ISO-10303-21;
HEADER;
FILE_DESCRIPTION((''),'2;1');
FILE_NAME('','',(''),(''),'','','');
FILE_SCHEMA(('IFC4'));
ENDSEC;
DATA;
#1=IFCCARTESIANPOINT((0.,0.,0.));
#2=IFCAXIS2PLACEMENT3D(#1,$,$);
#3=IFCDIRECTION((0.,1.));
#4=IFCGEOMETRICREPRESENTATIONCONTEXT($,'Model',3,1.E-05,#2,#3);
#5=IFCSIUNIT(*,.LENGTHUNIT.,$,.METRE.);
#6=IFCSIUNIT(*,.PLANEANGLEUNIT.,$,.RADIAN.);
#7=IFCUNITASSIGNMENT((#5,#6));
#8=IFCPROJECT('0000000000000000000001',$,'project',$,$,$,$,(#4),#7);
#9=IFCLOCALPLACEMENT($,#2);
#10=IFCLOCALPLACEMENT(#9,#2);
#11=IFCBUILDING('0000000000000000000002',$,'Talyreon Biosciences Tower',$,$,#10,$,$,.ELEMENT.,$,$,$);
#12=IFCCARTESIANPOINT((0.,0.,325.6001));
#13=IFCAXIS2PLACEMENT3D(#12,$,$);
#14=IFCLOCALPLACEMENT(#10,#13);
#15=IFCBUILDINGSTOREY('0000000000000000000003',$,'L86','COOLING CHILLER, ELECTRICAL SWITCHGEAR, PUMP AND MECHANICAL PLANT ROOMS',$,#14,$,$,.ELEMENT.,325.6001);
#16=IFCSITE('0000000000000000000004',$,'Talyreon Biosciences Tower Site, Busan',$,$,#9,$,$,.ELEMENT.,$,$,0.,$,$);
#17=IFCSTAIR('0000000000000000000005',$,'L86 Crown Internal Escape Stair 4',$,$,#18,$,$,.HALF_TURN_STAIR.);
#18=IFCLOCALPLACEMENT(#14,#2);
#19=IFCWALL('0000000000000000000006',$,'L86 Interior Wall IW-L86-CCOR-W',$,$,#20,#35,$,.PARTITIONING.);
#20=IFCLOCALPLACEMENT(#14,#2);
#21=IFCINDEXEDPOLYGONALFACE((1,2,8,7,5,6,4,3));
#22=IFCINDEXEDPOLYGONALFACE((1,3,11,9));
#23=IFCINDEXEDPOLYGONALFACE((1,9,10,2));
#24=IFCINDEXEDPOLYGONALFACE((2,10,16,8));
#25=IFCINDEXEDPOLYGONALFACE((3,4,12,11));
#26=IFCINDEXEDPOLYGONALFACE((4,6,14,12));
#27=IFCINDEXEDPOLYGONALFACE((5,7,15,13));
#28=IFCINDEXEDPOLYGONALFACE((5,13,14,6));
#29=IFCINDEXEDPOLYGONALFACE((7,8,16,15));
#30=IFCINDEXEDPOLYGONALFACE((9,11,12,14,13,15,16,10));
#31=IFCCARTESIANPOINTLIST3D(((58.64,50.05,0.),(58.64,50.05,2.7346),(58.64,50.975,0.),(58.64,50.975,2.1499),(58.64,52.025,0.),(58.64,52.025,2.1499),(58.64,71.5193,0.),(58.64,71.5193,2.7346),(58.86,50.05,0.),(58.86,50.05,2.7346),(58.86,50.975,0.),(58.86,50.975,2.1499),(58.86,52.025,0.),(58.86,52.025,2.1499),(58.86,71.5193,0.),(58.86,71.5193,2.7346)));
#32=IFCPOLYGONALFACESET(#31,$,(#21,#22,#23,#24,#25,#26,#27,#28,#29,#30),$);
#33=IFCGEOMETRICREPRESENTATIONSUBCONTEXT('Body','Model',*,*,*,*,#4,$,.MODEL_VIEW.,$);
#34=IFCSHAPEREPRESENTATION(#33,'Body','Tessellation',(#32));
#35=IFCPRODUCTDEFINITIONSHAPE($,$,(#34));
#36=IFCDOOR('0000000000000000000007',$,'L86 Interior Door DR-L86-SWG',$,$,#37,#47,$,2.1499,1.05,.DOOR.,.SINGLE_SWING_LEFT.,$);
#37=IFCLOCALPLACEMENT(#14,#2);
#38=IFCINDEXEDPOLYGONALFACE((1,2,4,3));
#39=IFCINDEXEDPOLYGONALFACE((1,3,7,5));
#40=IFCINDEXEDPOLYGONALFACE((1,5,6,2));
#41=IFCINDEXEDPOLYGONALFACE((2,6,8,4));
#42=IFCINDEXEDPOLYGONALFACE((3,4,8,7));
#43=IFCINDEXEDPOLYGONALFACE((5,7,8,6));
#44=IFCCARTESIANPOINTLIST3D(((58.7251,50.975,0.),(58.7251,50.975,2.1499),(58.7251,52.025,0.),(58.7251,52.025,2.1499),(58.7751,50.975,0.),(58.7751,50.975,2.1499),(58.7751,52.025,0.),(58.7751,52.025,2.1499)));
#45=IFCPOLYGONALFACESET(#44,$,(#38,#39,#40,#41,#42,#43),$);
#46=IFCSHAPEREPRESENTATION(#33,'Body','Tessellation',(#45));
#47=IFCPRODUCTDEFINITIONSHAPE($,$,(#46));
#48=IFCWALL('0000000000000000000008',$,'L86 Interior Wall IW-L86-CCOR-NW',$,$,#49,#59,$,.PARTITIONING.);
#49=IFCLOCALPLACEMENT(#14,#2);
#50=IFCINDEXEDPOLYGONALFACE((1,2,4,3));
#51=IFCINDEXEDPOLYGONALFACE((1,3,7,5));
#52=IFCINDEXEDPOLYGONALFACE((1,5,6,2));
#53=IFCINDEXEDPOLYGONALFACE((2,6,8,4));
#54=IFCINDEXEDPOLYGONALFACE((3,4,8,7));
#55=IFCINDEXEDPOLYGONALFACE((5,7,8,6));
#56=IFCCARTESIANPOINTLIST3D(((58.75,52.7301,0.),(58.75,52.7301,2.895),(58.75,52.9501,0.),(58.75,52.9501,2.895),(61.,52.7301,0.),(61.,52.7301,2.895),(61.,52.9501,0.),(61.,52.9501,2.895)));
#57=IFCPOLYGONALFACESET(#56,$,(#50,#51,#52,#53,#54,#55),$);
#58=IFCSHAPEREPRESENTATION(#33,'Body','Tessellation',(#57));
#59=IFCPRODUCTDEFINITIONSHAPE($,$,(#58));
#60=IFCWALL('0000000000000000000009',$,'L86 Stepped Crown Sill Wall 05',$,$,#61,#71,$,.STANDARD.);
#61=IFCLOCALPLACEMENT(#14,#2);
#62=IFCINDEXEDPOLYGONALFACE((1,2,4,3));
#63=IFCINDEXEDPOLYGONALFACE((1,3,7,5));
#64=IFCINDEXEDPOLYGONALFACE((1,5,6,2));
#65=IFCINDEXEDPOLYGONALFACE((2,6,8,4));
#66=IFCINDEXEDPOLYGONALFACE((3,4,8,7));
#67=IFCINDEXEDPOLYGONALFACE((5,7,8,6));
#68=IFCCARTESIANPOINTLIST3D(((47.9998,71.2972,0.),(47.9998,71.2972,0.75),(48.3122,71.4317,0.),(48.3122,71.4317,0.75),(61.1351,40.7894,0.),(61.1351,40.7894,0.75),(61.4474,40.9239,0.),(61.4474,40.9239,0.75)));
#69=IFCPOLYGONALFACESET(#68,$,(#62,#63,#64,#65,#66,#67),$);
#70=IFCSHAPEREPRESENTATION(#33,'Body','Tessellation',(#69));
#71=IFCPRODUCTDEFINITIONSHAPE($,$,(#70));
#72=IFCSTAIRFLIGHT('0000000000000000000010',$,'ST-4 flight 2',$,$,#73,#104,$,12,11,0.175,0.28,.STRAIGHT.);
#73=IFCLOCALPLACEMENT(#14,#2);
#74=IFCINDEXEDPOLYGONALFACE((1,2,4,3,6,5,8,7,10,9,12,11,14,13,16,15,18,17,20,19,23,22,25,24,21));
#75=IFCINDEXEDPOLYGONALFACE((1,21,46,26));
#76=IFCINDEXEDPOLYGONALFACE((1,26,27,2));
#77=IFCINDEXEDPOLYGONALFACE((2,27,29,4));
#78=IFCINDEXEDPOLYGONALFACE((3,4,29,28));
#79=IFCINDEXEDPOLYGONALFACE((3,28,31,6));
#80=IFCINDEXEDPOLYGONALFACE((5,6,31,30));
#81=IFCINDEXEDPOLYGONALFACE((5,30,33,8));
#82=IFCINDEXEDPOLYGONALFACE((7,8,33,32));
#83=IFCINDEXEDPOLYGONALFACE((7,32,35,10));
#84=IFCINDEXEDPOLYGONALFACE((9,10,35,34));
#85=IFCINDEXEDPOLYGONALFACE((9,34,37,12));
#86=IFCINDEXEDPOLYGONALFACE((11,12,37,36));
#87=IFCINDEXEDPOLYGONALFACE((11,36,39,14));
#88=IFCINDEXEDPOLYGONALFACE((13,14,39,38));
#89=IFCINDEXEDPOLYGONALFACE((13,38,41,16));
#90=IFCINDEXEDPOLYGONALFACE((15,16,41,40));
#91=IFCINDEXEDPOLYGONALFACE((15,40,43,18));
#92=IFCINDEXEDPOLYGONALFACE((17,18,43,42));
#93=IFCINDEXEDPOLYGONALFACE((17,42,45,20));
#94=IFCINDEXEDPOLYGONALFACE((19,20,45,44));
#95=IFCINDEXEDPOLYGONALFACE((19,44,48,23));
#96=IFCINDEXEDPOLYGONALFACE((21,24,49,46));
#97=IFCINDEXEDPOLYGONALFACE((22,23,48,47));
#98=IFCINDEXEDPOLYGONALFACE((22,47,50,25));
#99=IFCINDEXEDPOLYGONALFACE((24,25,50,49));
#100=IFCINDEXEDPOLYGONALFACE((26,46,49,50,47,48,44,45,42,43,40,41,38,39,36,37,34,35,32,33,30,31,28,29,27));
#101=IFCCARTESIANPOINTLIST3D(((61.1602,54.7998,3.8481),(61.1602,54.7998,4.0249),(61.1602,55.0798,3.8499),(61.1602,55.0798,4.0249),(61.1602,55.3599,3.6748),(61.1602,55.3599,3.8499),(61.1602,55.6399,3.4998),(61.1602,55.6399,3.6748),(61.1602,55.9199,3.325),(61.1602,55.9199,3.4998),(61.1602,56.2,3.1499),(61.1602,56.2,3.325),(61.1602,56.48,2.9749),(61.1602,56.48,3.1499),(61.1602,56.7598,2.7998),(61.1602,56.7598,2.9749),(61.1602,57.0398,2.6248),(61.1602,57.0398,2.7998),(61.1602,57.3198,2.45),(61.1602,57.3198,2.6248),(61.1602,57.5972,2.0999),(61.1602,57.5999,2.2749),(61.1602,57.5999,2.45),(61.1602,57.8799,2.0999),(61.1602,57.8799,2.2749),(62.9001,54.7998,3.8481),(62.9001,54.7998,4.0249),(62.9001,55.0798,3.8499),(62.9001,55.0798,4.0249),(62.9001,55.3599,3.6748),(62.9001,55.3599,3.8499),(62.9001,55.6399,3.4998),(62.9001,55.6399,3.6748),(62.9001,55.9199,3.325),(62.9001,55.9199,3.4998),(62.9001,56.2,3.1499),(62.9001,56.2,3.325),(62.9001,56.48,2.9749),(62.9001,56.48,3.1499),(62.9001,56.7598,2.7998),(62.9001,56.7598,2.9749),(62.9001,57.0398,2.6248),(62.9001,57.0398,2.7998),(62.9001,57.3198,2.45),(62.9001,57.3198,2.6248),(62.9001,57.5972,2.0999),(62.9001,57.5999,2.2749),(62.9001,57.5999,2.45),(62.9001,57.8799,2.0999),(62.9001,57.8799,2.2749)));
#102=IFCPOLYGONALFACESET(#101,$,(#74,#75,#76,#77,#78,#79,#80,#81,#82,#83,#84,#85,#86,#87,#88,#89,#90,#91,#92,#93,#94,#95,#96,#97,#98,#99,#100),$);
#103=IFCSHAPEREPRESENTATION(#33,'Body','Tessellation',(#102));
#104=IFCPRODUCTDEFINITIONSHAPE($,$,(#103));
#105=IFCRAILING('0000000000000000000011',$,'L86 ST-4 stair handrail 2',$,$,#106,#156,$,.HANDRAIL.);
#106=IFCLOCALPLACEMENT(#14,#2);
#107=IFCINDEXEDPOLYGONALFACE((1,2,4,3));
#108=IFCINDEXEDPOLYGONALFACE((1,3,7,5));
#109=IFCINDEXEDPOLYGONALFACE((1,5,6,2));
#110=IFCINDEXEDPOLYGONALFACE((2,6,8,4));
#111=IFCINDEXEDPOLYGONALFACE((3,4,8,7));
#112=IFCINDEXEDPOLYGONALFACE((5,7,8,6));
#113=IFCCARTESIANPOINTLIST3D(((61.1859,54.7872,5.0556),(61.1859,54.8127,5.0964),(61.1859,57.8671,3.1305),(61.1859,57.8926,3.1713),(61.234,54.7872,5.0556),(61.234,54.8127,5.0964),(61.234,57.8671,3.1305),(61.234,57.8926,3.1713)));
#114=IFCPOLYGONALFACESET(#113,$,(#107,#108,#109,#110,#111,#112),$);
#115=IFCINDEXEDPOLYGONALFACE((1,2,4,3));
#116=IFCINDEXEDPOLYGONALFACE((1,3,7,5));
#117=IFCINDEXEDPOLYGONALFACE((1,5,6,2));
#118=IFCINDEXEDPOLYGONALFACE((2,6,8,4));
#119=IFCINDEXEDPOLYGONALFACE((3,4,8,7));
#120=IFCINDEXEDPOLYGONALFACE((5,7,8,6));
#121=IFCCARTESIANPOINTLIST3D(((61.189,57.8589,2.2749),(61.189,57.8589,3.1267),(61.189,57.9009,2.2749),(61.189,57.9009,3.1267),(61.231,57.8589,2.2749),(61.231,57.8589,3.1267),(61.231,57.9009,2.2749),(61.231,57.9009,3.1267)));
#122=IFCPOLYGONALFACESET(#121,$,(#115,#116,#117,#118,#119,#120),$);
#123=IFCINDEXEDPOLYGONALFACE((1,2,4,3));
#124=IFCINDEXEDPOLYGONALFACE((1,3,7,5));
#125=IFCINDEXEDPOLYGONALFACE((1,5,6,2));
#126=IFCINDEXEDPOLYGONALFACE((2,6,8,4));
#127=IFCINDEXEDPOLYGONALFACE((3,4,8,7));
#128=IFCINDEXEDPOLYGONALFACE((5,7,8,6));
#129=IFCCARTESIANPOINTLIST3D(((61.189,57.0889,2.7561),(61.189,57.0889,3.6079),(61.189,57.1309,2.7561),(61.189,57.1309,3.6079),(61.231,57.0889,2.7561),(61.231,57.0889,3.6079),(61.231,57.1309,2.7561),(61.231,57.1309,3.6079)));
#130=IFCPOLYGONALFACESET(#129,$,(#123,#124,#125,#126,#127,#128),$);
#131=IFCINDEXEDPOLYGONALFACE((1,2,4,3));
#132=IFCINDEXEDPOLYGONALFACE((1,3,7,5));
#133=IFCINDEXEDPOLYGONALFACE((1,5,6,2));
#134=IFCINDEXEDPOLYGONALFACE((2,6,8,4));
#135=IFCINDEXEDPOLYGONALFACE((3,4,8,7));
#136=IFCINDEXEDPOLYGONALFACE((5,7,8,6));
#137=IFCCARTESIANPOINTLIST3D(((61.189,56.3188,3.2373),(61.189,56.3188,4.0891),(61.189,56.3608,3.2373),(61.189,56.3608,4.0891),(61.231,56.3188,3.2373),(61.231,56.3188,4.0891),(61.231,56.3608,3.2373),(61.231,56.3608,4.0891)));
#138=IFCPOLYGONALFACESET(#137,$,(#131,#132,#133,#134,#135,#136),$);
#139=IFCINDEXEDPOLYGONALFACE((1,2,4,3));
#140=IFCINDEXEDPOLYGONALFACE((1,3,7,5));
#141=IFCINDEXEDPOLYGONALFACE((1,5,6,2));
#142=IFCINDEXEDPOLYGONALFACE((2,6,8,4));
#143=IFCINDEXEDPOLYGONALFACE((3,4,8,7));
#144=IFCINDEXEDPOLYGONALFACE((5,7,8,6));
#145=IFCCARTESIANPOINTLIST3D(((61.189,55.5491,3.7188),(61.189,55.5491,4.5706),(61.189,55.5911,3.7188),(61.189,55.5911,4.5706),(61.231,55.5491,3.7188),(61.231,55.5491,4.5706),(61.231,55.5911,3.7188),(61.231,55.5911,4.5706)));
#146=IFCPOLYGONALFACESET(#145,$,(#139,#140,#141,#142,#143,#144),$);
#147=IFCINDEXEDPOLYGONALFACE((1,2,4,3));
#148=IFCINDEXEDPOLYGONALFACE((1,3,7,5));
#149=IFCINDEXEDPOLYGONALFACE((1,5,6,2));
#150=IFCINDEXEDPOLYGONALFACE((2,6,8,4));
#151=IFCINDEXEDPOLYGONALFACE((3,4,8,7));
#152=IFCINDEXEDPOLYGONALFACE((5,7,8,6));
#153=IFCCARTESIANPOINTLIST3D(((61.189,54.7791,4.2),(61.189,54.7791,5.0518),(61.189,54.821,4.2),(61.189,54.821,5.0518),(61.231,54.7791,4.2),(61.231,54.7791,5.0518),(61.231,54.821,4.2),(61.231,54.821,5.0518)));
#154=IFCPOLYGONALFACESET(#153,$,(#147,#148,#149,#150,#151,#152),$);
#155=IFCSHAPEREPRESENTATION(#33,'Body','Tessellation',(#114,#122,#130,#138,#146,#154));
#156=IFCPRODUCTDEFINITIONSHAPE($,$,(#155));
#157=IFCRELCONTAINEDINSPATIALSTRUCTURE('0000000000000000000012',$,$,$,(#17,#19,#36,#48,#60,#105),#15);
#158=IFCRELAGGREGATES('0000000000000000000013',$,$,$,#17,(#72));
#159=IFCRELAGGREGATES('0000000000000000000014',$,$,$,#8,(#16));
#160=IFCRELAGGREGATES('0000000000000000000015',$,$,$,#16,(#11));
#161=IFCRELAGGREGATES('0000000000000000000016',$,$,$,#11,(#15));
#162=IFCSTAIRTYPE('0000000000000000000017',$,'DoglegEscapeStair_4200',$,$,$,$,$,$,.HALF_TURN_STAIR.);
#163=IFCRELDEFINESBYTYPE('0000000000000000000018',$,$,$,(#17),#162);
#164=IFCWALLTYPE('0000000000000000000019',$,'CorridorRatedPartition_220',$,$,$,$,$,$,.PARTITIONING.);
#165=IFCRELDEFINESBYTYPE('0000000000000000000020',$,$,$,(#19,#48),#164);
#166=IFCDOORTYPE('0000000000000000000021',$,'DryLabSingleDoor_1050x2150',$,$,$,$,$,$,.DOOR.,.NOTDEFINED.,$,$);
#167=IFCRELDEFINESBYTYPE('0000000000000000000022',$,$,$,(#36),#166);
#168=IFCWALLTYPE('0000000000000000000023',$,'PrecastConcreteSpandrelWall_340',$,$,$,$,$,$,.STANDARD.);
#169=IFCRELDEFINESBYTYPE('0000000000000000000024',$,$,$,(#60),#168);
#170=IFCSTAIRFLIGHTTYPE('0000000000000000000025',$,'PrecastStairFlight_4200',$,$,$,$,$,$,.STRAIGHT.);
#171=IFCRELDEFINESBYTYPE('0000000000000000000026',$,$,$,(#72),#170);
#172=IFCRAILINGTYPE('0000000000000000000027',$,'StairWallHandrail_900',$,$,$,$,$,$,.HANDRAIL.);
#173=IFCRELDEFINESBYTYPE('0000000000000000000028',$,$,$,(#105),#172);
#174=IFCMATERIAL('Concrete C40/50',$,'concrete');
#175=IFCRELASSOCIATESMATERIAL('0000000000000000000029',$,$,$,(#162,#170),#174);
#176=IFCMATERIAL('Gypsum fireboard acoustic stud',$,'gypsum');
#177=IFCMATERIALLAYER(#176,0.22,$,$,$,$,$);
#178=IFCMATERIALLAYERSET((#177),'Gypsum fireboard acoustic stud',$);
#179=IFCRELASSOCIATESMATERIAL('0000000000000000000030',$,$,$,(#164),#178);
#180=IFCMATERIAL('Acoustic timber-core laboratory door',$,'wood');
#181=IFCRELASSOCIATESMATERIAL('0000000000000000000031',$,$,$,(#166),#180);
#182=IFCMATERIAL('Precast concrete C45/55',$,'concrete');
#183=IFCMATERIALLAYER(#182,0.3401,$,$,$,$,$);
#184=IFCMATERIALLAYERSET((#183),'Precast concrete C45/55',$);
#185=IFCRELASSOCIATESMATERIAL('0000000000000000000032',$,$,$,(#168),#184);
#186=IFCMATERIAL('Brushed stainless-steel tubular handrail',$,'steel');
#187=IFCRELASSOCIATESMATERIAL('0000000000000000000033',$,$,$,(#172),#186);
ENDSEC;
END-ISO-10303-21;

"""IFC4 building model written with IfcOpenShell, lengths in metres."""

from ifc_helpers import new_model, si_unit, direction, frame, frame_2d, origin, origin_2d, place, context, subcontext, project, spatial, polyline, rectangle, outline, extrude, material, layer, layer_set, type_object, element, fill, aggregate, save


model = new_model("IFC4")

# Units and contexts
model_context = context("Model", 3, precision=1e-05, world=origin(), true_north=direction((0.0, 1.0)))
body_context = subcontext(model_context, "Body", "Model", "MODEL_VIEW")
ifc_project = project(units=[si_unit("LENGTHUNIT", "METRE"), si_unit("PLANEANGLEUNIT", "RADIAN")], contexts=[model_context])

# Site, building, storey
site_placement = place(None, origin())
site = spatial("IfcSite", under=ifc_project, at=site_placement, Name="Talyreon Biosciences Tower Site, Busan", CompositionType="ELEMENT", RefElevation=0.0)
building_placement = place(site_placement, origin())
building = spatial("IfcBuilding", under=site, at=building_placement, Name="Talyreon Biosciences Tower", CompositionType="ELEMENT")
storey_placement = place(building_placement, frame((0.0, 0.0, 325.6001)))
storey = spatial("IfcBuildingStorey", under=building, at=storey_placement, Name="L86", Description="COOLING CHILLER, ELECTRICAL SWITCHGEAR, PUMP AND MECHANICAL PLANT ROOMS", CompositionType="ELEMENT", Elevation=325.6001)

# Shared definitions
ifc_material_1 = material(Name="Concrete C40/50", Category="concrete")

# Stair
stair_type = type_object("IfcStairType", Name="DoglegEscapeStair_4200", PredefinedType="HALF_TURN_STAIR", material=ifc_material_1)
stair_placement = place(storey_placement, origin())
stair = element("IfcStair", 1, at=stair_placement, inside=storey, type_object=stair_type, Name="L86 Crown Internal Escape Stair 4", PredefinedType="HALF_TURN_STAIR")

# Wall, opening, door
ifc_material_2 = material(Name="Gypsum fireboard acoustic stud", Category="gypsum")
ifc_layer_1 = layer(ifc_material_2, 0.22)
ifc_layer_set_1 = layer_set([ifc_layer_1], Name="Gypsum fireboard acoustic stud")
wall_type_1 = type_object("IfcWallType", Name="CorridorRatedPartition_220", PredefinedType="PARTITIONING", material=ifc_layer_set_1)
ifc_material_3 = material(Name="Acoustic timber-core laboratory door", Category="wood")
door_type_1 = type_object("IfcDoorType", Name="DryLabSingleDoor_1050x2150", OperationType="NOTDEFINED", PredefinedType="DOOR", material=ifc_material_3)
wall_1_placement = place(storey_placement, frame((58.75, 50.05, 0.0), z_axis=(0.0, 0.0, 1.0), x_axis=(0.0, 1.0, 0.0)))
wall_1 = element("IfcWall", 2, at=wall_1_placement, inside=storey, type_object=wall_type_1, Name="L86 Interior Wall IW-L86-CCOR-W", PredefinedType="PARTITIONING", context=body_context, shape_type="SweptSolid", body=[
    extrude(rectangle(XDim=21.4692, YDim=0.22, at=frame_2d((10.7346, 0.0))), origin(), (0.0, 0.0, 1.0), 2.7346),
])
opening_1_placement = place(wall_1_placement, frame((0.925, 0.0, 0.0)))
opening_1 = element("IfcOpeningElement", 3, at=opening_1_placement, cuts=wall_1, PredefinedType="OPENING", context=body_context, shape_type="SweptSolid", body=[
    extrude(rectangle(XDim=1.05, YDim=2.1499, at=frame_2d((0.5249, 1.075))), frame((0.0, 0.1199, 0.0), z_axis=(0.0, -1.0, 0.0), x_axis=(1.0, 0.0, 0.0)), (0.0, 0.0, 1.0), 0.24),
])
door_1_placement = place(opening_1_placement, origin())
door_1 = element("IfcDoor", 4, at=door_1_placement, inside=storey, type_object=door_type_1, Name="L86 Interior Door DR-L86-SWG", OperationType="SINGLE_SWING_LEFT", OverallHeight=2.1499, OverallWidth=1.05, PredefinedType="DOOR", context=body_context, shape_type="SweptSolid", body=[
    extrude(rectangle(XDim=1.05, YDim=2.1499, at=frame_2d((0.5249, 1.075))), frame((0.0, 0.0249, 0.0), z_axis=(0.0, -1.0, 0.0), x_axis=(1.0, 0.0, 0.0)), (0.0, 0.0, 1.0), 0.05),
])
fill(opening_1, door_1)

# Walls
wall_2_placement = place(storey_placement, frame((58.75, 52.8401, 0.0), z_axis=(0.0, 0.0, 1.0), x_axis=(1.0, 0.0, 0.0)))
element("IfcWall", 5, at=wall_2_placement, inside=storey, type_object=wall_type_1, Name="L86 Interior Wall IW-L86-CCOR-NW", PredefinedType="PARTITIONING", context=body_context, shape_type="SweptSolid", body=[
    extrude(rectangle(XDim=2.25, YDim=0.22, at=frame_2d((1.125, 0.0))), origin(), (0.0, 0.0, 1.0), 2.895),
])
ifc_material_4 = material(Name="Precast concrete C45/55", Category="concrete")
ifc_layer_2 = layer(ifc_material_4, 0.3401)
ifc_layer_set_2 = layer_set([ifc_layer_2], Name="Precast concrete C45/55")
wall_type_2 = type_object("IfcWallType", Name="PrecastConcreteSpandrelWall_340", PredefinedType="STANDARD", material=ifc_layer_set_2)
wall_3_placement = place(storey_placement, frame((61.2913, 40.8567, 0.0), z_axis=(0.0, 0.0, 1.0), x_axis=(-0.395457, 0.918485, 0.0)))
element("IfcWall", 6, at=wall_3_placement, inside=storey, type_object=wall_type_2, Name="L86 Stepped Crown Sill Wall 05", PredefinedType="STANDARD", context=body_context, shape_type="SweptSolid", body=[
    extrude(rectangle(XDim=33.2153, YDim=0.3401, at=frame_2d((16.6077, 0.0))), origin(), (0.0, 0.0, 1.0), 0.75),
])

# Stair flight
stair_flight_type = type_object("IfcStairFlightType", Name="PrecastStairFlight_4200", PredefinedType="STRAIGHT", material=ifc_material_1)
stair_flight_placement = place(storey_placement, frame((62.03, 57.8799, 2.0999), z_axis=(0.0, 0.0, 1.0), x_axis=(0.0, -1.0, 0.0)))
stair_flight = element("IfcStairFlight", 7, at=stair_flight_placement, type_object=stair_flight_type, Name="ST-4 flight 2", NumberOfRisers=12, NumberOfTreads=11, PredefinedType="STRAIGHT", RiserHeight=0.175, TreadLength=0.28, context=body_context, shape_type="SweptSolid", body=[
    extrude(outline(polyline([(0.0, 0.0), (0.0, 0.175), (0.28, 0.175), (0.28, 0.3501), (0.5601, 0.3501), (0.5601, 0.5249), (0.8401, 0.5249), (0.8401, 0.7), (1.1201, 0.7), (1.1201, 0.875), (1.3999, 0.875), (1.3999, 1.05), (1.6799, 1.05), (1.6799, 1.2251), (1.96, 1.2251), (1.96, 1.3999), (2.24, 1.3999), (2.24, 1.575), (2.52, 1.575), (2.52, 1.75), (2.8, 1.75), (2.8, 1.925), (3.0801, 1.925), (3.0801, 2.1001), (3.0801, 1.7483), (0.2827, 0.0), (0.0, 0.0)])), frame((0.0, 0.8701, 0.0), z_axis=(0.0, -1.0, 0.0), x_axis=(1.0, 0.0, 0.0)), (0.0, 0.0, 1.0), 1.74),
])
aggregate(stair, [stair_flight])

# Railing
ifc_material_5 = material(Name="Brushed stainless-steel tubular handrail", Category="steel")
railing_type_1 = type_object("IfcRailingType", Name="StairWallHandrail_900", PredefinedType="HANDRAIL", material=ifc_material_5)
railing_1_placement = place(storey_placement, frame((61.21, 57.8799, 2.2749)))
element("IfcRailing", 8, at=railing_1_placement, inside=storey, type_object=railing_type_1, Name="L86 ST-4 stair handrail 2", PredefinedType="HANDRAIL", context=body_context, shape_type="SweptSolid", body=[
    extrude(rectangle(XDim=0.0481, YDim=0.0481, at=origin_2d()), frame((0.0, 0.0, 0.876), z_axis=(0.0, -0.847979, 0.530029), x_axis=(1.0, 0.0, 0.0)), (0.0, 0.0, 1.0), 3.6321),
    extrude(rectangle(XDim=0.042, YDim=0.042, at=origin_2d()), origin(), (0.0, 0.0, 1.0), 0.8518),
    extrude(rectangle(XDim=0.042, YDim=0.042, at=origin_2d()), frame((0.0, -0.77, 0.4812)), (0.0, 0.0, 1.0), 0.8518),
    extrude(rectangle(XDim=0.042, YDim=0.042, at=origin_2d()), frame((0.0, -1.54, 0.9624)), (0.0, 0.0, 1.0), 0.8518),
    extrude(rectangle(XDim=0.042, YDim=0.042, at=origin_2d()), frame((0.0, -2.3098, 1.4438)), (0.0, 0.0, 1.0), 0.8518),
    extrude(rectangle(XDim=0.042, YDim=0.042, at=origin_2d()), frame((0.0, -3.0798, 1.925)), (0.0, 0.0, 1.0), 0.8518),
])

save(model, "model.ifc")
